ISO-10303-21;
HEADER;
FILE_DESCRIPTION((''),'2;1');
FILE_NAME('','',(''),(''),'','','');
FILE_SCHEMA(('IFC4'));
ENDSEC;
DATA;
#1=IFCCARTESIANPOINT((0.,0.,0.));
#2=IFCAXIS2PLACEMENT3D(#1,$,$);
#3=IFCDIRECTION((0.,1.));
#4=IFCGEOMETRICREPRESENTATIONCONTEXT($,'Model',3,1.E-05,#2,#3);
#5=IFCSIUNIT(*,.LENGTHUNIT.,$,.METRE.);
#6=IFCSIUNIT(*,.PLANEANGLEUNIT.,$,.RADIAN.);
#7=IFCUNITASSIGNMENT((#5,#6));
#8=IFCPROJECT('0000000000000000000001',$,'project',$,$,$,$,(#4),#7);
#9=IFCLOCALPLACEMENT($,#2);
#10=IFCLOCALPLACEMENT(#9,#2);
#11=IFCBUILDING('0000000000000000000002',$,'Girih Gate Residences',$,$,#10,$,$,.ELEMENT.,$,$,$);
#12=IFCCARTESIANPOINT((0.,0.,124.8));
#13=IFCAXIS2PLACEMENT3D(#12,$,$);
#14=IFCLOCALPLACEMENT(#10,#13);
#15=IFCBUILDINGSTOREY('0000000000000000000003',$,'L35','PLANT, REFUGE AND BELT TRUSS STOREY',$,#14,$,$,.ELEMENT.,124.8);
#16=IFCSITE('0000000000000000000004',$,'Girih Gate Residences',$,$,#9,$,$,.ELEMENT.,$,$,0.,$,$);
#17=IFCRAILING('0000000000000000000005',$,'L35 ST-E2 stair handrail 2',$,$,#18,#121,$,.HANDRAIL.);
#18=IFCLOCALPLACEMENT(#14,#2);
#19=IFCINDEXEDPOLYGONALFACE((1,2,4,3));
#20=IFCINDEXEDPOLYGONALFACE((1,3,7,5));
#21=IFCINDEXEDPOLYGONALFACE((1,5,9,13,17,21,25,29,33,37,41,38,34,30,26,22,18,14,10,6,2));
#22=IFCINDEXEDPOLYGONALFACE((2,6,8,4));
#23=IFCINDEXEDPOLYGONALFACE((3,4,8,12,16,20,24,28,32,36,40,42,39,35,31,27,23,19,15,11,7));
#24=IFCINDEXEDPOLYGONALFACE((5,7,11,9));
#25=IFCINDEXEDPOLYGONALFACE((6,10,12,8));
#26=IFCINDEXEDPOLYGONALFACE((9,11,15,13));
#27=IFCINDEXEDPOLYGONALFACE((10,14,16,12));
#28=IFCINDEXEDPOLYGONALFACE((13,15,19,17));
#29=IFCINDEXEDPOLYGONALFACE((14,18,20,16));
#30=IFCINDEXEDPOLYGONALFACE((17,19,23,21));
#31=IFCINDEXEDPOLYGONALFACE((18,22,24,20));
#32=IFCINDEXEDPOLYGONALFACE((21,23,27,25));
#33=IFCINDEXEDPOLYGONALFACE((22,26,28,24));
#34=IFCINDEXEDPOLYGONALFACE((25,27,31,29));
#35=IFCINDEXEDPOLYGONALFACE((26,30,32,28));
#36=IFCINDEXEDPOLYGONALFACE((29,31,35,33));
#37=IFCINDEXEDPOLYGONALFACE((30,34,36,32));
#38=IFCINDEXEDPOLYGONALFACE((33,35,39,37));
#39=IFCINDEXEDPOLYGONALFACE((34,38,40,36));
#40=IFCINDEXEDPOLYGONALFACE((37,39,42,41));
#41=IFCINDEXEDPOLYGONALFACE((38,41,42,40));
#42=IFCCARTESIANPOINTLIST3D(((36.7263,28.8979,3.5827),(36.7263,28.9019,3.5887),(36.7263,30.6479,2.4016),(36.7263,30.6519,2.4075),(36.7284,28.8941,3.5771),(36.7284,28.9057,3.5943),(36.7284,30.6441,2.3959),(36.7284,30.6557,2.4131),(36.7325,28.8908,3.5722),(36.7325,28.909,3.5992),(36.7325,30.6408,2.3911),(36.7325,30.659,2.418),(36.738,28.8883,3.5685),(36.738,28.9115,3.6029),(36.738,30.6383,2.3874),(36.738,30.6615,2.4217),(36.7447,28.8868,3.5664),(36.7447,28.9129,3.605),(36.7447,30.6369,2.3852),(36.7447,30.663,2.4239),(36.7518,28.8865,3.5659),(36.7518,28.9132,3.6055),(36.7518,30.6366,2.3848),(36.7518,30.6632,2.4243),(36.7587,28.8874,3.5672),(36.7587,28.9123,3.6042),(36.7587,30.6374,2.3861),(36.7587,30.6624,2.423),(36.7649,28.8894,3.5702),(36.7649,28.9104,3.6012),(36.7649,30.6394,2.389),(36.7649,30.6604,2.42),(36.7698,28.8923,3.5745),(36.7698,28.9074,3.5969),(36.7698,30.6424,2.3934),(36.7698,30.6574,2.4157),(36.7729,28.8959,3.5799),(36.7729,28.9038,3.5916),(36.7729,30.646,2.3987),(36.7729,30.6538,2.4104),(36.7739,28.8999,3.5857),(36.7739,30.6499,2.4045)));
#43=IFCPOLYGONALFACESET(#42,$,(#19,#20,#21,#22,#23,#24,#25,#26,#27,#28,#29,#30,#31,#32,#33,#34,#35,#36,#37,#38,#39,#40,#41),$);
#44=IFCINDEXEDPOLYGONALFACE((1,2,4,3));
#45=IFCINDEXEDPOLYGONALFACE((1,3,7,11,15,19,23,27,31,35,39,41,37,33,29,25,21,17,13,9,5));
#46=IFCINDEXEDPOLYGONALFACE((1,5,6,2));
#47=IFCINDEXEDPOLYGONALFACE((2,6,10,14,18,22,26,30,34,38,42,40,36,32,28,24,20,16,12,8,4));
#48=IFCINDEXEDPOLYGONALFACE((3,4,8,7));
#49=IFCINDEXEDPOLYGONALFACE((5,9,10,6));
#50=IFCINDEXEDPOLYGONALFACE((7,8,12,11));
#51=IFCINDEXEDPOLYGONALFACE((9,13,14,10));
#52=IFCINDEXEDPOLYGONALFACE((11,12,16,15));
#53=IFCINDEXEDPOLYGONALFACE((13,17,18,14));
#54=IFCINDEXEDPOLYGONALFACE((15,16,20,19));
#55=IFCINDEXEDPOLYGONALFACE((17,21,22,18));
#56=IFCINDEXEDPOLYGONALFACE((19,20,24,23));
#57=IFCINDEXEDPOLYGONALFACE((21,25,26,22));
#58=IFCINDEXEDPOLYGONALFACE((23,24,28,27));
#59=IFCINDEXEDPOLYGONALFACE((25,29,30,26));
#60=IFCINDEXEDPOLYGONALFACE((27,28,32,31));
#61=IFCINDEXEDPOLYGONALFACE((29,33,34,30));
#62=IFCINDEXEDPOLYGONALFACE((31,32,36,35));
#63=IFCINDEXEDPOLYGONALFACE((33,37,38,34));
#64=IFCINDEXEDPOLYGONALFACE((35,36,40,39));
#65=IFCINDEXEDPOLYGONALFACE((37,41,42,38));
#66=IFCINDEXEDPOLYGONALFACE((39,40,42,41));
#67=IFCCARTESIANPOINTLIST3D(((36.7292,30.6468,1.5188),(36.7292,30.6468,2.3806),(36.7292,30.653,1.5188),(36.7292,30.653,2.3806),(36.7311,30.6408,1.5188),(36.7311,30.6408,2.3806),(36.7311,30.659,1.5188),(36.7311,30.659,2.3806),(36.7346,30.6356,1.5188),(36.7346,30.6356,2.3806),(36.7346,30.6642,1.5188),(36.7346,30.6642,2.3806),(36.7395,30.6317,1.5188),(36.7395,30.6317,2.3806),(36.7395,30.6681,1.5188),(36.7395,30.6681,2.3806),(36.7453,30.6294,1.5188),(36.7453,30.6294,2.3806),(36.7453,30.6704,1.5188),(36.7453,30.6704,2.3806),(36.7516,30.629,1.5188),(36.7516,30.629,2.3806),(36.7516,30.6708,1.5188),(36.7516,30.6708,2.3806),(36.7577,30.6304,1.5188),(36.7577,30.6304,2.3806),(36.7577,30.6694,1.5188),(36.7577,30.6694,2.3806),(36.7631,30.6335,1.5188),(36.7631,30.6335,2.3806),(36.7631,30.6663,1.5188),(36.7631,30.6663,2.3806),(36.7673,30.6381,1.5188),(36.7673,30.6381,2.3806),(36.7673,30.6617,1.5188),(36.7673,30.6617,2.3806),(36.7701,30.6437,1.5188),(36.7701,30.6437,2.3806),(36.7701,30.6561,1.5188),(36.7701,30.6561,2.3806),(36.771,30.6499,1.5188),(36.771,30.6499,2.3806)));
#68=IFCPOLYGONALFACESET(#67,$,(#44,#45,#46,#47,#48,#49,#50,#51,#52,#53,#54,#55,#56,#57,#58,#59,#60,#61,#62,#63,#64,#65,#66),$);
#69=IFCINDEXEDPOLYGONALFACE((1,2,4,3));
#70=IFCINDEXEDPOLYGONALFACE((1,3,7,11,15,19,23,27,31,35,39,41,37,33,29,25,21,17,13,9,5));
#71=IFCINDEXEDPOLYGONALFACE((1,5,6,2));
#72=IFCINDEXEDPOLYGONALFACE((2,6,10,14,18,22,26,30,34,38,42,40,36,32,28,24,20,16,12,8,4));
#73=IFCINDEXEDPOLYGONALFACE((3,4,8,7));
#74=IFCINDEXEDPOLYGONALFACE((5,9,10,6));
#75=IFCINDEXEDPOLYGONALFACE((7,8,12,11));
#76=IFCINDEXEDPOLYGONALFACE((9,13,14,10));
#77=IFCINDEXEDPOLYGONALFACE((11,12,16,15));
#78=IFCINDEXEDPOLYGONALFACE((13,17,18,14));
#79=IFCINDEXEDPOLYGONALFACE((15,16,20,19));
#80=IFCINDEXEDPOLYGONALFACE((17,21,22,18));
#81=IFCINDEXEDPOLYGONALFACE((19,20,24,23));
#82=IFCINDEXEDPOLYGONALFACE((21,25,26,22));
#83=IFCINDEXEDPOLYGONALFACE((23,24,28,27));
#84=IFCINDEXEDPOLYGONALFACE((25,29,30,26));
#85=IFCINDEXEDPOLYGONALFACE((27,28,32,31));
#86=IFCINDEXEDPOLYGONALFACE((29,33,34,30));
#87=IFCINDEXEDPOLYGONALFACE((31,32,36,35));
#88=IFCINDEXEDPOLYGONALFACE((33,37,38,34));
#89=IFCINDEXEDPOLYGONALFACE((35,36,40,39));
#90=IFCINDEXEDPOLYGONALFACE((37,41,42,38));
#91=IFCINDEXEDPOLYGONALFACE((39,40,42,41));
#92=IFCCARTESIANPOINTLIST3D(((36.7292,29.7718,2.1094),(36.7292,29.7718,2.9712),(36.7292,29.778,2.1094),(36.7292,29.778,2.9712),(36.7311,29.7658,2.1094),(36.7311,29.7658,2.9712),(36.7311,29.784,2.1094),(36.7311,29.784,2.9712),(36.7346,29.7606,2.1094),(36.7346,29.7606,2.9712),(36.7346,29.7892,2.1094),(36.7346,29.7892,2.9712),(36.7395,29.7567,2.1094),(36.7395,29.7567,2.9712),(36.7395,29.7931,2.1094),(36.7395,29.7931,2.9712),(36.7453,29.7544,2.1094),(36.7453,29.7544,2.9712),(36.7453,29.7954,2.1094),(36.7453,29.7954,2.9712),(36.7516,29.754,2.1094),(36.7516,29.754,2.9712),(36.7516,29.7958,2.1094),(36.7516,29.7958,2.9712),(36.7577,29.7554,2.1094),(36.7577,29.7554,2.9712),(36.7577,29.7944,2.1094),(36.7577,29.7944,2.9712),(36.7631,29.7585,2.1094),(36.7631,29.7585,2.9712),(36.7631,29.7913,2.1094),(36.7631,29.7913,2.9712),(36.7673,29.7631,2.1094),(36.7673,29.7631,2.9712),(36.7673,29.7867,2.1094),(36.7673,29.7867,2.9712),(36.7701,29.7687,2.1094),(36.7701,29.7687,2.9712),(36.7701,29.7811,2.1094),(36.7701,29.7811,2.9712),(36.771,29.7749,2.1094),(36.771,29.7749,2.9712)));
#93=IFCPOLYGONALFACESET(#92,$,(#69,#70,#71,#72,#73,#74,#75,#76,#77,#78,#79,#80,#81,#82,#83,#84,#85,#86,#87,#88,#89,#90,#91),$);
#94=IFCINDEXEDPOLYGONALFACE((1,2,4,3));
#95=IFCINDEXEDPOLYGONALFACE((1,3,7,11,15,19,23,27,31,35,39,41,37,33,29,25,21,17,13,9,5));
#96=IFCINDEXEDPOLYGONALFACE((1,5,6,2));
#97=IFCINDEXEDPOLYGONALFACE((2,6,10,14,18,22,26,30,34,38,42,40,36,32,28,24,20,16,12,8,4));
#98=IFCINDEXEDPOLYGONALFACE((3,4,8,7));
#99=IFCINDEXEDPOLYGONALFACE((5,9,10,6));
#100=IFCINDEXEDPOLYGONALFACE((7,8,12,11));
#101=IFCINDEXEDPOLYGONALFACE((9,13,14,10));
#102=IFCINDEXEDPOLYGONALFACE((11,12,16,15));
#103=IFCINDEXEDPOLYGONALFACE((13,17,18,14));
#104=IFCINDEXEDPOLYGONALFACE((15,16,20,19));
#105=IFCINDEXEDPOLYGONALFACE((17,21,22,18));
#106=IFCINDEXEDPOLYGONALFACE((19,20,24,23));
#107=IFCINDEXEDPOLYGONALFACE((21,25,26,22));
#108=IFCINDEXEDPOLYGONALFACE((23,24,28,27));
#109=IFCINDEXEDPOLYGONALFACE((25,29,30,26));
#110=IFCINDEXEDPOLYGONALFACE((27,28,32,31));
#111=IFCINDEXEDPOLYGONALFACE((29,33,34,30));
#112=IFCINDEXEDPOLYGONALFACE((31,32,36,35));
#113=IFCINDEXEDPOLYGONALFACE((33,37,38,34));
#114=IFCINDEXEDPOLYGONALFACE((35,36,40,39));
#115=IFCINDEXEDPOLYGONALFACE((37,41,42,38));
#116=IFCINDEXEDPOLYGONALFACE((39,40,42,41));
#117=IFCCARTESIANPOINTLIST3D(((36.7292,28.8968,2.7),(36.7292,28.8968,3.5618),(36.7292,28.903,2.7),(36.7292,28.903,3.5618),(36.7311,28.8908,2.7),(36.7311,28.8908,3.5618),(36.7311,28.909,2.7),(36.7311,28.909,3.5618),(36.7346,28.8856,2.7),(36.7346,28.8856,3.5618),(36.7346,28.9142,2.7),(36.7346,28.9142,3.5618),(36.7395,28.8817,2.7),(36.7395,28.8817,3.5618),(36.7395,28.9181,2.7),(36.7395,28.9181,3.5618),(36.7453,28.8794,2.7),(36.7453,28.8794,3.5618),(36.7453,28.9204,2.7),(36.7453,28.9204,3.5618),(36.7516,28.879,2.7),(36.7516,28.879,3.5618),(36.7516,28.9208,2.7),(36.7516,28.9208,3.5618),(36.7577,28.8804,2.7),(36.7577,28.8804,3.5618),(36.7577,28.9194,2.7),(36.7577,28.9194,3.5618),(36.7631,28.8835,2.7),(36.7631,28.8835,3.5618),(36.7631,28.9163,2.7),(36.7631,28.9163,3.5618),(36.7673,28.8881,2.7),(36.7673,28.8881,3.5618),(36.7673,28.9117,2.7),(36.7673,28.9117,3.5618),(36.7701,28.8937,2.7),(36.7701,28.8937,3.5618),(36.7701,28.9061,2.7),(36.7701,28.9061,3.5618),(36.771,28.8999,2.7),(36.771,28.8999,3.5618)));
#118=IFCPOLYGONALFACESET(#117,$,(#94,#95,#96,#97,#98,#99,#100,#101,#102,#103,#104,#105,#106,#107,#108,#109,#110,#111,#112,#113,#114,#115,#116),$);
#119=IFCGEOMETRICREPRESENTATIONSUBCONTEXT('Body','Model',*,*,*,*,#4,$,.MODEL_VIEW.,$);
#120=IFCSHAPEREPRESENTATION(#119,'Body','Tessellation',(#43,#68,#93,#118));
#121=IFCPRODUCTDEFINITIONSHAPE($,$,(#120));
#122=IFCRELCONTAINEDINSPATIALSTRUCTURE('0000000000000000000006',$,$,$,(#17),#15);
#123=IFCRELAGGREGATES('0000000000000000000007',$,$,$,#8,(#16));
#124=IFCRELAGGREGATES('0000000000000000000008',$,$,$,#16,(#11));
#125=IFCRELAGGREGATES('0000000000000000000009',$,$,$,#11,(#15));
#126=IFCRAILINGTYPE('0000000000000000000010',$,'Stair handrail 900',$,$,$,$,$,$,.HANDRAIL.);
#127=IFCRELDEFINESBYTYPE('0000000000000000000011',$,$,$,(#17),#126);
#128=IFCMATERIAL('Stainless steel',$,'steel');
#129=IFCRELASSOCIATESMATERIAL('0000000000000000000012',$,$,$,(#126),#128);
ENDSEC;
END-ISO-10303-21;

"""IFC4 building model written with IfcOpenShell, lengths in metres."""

from ifc_helpers import new_model, si_unit, direction, frame, origin, origin_2d, place, context, subcontext, project, spatial, circle, extrude, material, type_object, element, save


model = new_model("IFC4")

# Units and contexts
model_context = context("Model", 3, precision=1e-05, world=origin(), true_north=direction((0.0, 1.0)))
body_context = subcontext(model_context, "Body", "Model", "MODEL_VIEW")
ifc_project = project(units=[si_unit("LENGTHUNIT", "METRE"), si_unit("PLANEANGLEUNIT", "RADIAN")], contexts=[model_context])

# Site, building, storey
site_placement = place(None, origin())
site = spatial("IfcSite", under=ifc_project, at=site_placement, Name="Girih Gate Residences", CompositionType="ELEMENT", RefElevation=0.0)
building_placement = place(site_placement, origin())
building = spatial("IfcBuilding", under=site, at=building_placement, Name="Girih Gate Residences", CompositionType="ELEMENT")
storey_placement = place(building_placement, frame((0.0, 0.0, 124.8)))
storey = spatial("IfcBuildingStorey", under=building, at=storey_placement, Name="L35", Description="PLANT, REFUGE AND BELT TRUSS STOREY", CompositionType="ELEMENT", Elevation=124.8)

# Shared definitions
ifc_material_1 = material(Name="Stainless steel", Category="steel")

# Railing
railing_type_1 = type_object("IfcRailingType", Name="Stair handrail 900", PredefinedType="HANDRAIL", material=ifc_material_1)
railing_1_placement = place(storey_placement, frame((36.75, 30.6499, 1.5188)))
element("IfcRailing", 1, at=railing_1_placement, inside=storey, type_object=railing_type_1, Name="L35 ST-E2 stair handrail 2", PredefinedType="HANDRAIL", context=body_context, shape_type="SweptSolid", body=[
    extrude(circle(Radius=0.0239, at=origin_2d()), frame((0.0, 0.0, 0.8857), z_axis=(0.0, -0.82887, 0.559441), x_axis=(1.0, 0.0, 0.0)), (0.0, 0.0, 1.0), 2.1113),
    extrude(circle(Radius=0.021, at=origin_2d()), origin(), (0.0, 0.0, 1.0), 0.8618),
    extrude(circle(Radius=0.021, at=origin_2d()), frame((0.0, -0.875, 0.5906)), (0.0, 0.0, 1.0), 0.8618),
    extrude(circle(Radius=0.021, at=origin_2d()), frame((0.0, -1.75, 1.1812)), (0.0, 0.0, 1.0), 0.8618),
])

save(model, "model.ifc")
